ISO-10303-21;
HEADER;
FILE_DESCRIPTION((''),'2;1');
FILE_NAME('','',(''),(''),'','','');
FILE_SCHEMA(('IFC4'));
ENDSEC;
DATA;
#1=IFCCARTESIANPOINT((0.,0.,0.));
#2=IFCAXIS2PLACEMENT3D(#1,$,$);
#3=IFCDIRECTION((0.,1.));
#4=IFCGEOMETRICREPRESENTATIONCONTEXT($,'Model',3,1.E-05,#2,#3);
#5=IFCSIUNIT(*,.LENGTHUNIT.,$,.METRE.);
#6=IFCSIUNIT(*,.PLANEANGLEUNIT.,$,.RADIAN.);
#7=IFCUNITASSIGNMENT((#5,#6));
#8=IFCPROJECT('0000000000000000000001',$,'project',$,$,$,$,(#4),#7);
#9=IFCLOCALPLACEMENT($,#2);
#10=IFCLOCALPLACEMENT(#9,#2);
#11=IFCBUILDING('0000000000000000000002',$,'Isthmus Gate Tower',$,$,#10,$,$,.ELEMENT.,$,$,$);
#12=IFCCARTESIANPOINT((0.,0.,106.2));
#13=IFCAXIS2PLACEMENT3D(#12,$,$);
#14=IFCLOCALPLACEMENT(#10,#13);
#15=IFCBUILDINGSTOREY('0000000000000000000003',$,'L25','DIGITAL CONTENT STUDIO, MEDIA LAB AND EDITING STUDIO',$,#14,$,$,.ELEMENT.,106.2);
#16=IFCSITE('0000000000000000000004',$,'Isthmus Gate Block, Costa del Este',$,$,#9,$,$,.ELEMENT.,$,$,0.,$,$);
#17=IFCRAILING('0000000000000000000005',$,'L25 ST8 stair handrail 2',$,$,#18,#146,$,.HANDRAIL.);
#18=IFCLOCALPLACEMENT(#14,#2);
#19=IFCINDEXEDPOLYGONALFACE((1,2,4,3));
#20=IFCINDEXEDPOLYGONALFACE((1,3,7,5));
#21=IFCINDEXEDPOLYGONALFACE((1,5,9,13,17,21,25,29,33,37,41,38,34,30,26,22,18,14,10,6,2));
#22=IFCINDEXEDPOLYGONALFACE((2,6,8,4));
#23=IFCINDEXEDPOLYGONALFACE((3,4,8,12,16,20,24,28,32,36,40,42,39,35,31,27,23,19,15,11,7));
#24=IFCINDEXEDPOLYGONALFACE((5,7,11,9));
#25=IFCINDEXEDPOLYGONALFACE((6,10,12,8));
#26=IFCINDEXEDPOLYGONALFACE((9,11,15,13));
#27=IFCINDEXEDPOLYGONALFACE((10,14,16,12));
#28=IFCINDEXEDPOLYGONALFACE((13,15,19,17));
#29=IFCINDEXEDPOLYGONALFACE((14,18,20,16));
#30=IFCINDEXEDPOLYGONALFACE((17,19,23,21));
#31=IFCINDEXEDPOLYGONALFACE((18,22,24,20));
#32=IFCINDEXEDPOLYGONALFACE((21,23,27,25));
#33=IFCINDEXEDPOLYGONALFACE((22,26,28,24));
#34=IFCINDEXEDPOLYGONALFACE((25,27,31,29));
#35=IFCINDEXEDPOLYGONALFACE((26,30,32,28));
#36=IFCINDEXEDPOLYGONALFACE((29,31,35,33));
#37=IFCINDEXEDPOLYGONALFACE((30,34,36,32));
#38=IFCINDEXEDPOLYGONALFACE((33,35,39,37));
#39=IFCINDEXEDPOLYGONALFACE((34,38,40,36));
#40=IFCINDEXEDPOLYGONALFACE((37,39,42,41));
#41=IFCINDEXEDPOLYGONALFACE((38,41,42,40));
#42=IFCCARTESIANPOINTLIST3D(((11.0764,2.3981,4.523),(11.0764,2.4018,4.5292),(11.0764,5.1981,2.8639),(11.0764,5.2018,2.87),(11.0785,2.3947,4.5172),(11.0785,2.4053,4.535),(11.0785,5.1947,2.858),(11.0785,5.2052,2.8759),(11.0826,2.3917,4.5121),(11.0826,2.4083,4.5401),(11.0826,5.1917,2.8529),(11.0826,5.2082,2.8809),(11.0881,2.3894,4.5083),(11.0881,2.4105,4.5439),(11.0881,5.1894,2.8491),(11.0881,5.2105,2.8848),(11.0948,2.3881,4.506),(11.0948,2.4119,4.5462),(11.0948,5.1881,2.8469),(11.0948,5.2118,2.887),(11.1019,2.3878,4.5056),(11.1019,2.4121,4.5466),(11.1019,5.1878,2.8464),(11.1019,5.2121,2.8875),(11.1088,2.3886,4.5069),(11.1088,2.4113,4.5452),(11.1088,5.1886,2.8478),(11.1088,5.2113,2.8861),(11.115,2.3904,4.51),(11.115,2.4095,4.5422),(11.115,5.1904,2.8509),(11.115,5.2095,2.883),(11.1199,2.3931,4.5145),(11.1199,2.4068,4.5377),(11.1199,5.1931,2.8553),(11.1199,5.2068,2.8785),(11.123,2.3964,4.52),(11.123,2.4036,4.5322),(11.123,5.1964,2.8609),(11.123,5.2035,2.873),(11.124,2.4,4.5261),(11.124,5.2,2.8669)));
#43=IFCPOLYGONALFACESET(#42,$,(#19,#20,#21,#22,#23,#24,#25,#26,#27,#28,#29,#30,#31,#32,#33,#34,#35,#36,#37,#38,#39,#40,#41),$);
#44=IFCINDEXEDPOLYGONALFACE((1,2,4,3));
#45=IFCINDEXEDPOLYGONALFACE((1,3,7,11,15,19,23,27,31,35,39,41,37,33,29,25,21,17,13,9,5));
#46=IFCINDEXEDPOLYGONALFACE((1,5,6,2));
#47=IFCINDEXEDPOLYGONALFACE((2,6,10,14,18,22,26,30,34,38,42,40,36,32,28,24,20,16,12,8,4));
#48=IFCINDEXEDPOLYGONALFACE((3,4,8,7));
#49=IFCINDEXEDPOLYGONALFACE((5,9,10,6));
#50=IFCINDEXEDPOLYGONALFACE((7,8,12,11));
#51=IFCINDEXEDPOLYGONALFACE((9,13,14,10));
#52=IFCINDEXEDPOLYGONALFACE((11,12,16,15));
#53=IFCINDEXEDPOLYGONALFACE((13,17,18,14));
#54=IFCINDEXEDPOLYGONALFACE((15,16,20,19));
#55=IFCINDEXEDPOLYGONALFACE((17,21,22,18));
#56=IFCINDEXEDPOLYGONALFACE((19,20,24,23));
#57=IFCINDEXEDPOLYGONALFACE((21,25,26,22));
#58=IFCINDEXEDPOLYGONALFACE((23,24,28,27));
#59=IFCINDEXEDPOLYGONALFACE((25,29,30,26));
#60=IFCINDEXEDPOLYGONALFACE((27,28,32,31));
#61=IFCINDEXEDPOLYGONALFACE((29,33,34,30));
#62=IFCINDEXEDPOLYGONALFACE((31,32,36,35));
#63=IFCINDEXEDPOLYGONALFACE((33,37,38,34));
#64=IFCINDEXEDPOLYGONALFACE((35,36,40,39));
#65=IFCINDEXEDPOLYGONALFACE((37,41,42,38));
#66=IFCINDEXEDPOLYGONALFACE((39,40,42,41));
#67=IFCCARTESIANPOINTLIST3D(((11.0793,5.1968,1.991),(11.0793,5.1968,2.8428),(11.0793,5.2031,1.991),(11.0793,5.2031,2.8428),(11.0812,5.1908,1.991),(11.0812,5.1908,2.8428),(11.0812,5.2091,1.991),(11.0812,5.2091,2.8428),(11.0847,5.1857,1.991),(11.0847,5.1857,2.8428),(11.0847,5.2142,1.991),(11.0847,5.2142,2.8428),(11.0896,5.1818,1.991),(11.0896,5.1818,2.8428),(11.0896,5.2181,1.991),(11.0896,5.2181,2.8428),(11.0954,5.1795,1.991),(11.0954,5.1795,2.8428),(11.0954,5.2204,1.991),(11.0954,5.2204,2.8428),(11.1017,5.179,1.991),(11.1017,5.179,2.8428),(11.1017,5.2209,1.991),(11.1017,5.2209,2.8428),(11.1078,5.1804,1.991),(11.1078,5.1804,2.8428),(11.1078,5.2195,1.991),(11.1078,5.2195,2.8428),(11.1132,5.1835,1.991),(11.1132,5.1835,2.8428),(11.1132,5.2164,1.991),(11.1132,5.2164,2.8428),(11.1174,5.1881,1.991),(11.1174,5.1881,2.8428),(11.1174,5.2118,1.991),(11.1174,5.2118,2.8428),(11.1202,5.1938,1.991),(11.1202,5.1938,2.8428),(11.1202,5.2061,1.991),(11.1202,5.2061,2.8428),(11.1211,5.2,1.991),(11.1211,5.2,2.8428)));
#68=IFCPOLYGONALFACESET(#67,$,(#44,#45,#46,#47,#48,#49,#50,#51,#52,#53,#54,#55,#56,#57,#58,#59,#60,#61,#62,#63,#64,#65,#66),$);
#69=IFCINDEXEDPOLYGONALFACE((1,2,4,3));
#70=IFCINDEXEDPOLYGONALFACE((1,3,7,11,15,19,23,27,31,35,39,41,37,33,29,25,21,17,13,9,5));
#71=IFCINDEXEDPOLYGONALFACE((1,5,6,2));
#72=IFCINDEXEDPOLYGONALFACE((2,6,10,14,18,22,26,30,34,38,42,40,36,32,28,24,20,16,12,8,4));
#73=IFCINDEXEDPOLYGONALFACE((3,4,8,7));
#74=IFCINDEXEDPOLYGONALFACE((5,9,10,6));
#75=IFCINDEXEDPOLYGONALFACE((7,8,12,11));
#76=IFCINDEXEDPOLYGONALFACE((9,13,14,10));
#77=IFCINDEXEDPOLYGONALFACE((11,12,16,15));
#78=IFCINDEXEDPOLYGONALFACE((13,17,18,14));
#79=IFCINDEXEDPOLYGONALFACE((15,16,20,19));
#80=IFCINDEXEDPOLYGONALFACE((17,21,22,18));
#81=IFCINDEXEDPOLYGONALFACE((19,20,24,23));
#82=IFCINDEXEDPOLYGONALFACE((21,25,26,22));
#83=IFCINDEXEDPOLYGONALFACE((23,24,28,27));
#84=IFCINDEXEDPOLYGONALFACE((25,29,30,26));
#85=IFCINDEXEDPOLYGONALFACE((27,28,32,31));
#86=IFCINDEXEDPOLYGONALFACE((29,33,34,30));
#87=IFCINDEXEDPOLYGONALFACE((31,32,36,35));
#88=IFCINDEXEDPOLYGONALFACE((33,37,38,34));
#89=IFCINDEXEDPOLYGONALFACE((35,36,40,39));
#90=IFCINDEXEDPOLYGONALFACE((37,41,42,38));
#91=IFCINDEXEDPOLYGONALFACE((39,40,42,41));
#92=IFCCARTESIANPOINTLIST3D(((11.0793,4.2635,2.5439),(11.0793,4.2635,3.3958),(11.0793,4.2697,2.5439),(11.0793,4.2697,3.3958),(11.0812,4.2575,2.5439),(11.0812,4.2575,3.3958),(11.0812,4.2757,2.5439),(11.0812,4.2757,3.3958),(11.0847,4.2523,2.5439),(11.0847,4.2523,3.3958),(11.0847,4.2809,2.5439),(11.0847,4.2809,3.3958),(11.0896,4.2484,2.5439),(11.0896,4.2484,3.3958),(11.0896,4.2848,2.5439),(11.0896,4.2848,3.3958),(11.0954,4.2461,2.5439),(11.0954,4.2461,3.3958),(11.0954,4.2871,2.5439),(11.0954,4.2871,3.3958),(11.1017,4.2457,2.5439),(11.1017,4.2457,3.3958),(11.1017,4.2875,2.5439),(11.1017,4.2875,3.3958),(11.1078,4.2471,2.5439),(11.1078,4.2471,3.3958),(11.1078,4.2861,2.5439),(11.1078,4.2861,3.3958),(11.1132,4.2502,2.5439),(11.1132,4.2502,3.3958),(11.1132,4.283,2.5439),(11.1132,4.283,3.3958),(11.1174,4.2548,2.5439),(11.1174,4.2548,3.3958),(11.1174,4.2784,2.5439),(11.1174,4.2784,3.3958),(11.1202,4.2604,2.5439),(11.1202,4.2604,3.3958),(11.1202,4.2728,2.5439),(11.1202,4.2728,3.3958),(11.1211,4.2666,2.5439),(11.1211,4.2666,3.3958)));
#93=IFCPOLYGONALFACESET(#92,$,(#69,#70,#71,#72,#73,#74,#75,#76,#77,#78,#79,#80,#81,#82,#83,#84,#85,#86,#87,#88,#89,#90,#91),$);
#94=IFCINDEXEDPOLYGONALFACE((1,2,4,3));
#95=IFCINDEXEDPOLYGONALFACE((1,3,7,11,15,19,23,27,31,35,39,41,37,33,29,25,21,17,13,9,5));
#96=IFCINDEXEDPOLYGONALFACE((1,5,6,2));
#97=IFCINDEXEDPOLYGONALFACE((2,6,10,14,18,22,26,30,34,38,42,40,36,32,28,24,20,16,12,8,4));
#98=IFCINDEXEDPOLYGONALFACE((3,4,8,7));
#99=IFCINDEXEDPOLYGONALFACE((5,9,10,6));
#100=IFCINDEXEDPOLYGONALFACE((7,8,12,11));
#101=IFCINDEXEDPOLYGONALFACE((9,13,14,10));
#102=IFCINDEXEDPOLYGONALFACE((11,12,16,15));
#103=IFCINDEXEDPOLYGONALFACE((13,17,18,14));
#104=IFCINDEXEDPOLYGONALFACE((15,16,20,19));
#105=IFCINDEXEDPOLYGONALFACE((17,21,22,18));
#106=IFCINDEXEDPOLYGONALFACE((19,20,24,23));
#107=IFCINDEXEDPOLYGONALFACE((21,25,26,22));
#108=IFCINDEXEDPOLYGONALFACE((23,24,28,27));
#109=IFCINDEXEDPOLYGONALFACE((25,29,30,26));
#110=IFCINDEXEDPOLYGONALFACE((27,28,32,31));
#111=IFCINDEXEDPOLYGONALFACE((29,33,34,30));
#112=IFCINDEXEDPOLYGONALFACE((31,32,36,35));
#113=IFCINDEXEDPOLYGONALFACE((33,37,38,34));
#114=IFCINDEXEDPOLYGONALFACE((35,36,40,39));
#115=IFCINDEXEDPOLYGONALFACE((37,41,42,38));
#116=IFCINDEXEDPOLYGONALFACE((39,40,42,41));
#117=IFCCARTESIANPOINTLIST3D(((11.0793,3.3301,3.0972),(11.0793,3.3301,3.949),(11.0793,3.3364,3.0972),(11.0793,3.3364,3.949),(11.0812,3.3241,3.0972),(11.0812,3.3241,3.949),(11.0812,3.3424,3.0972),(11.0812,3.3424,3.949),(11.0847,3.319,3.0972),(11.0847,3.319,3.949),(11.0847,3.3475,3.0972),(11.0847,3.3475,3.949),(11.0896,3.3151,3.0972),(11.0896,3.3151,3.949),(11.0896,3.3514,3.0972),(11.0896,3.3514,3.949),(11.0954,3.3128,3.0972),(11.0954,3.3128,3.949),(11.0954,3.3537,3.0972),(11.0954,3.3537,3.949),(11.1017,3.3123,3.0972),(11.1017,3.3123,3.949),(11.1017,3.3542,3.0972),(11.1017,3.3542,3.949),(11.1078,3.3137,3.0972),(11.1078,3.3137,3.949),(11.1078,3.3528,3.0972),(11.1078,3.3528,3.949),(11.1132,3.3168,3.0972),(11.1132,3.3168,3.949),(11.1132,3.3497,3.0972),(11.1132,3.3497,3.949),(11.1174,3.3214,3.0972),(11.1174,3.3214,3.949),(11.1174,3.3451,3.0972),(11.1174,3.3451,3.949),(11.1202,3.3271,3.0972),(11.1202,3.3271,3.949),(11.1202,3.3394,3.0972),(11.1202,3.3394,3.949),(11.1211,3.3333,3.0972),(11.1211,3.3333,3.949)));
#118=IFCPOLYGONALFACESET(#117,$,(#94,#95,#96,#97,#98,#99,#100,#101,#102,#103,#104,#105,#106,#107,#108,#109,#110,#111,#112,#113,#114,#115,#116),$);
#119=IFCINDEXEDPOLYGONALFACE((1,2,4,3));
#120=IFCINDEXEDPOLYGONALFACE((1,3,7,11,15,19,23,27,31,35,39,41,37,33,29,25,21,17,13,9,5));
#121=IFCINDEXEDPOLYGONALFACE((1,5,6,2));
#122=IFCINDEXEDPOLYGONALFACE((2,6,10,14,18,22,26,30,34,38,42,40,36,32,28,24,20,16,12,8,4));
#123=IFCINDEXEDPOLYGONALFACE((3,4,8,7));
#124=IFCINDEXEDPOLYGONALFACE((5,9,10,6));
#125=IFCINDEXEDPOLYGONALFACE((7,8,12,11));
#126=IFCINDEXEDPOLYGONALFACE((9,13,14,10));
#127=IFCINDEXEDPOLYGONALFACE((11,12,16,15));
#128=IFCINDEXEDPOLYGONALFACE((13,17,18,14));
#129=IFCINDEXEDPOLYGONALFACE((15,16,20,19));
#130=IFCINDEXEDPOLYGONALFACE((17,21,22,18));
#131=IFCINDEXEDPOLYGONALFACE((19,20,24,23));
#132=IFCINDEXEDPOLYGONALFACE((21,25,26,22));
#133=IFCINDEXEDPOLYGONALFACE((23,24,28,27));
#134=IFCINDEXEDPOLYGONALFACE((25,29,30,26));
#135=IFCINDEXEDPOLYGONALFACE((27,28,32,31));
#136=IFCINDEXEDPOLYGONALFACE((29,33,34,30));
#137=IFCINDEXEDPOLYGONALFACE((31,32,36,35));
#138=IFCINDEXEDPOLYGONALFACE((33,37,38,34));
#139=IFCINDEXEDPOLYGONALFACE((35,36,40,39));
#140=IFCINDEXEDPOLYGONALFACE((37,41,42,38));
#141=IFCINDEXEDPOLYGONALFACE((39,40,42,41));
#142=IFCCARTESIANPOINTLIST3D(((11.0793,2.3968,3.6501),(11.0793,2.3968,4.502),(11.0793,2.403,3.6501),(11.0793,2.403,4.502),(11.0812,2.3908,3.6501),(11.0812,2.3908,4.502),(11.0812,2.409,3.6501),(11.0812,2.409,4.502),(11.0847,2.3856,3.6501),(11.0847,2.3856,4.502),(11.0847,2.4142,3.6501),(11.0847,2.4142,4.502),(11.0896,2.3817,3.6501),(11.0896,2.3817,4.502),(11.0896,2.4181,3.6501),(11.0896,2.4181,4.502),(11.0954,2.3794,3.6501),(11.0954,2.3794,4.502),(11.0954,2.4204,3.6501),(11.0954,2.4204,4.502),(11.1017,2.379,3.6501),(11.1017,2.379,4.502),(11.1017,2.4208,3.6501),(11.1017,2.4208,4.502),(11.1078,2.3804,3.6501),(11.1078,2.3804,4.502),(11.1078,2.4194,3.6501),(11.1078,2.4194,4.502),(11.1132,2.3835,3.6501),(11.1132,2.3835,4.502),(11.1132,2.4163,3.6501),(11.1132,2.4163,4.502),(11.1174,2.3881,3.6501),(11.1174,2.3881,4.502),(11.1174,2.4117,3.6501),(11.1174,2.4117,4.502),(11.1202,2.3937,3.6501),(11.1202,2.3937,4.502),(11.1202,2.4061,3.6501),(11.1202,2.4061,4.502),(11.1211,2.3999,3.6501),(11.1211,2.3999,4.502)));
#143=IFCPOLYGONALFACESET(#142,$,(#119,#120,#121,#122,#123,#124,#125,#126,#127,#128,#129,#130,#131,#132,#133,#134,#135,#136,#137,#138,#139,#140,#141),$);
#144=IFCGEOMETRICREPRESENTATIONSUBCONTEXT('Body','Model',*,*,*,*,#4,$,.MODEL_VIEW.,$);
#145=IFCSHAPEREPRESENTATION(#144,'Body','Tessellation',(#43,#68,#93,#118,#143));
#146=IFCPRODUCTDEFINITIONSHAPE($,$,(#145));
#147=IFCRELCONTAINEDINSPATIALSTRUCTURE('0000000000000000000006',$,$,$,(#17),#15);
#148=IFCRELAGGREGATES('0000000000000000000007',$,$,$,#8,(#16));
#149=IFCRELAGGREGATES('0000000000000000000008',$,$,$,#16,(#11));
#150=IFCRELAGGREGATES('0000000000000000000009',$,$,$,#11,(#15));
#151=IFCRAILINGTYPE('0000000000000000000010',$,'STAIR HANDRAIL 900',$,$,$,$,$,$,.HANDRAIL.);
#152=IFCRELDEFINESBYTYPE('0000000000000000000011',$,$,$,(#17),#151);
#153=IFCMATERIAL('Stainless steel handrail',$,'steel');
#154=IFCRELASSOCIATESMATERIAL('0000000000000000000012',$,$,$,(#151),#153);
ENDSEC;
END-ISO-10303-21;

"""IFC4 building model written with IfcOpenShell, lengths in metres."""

from ifc_helpers import new_model, si_unit, direction, frame, origin, origin_2d, place, context, subcontext, project, spatial, circle, extrude, material, type_object, element, save


model = new_model("IFC4")

# Units and contexts
model_context = context("Model", 3, precision=1e-05, world=origin(), true_north=direction((0.0, 1.0)))
body_context = subcontext(model_context, "Body", "Model", "MODEL_VIEW")
ifc_project = project(units=[si_unit("LENGTHUNIT", "METRE"), si_unit("PLANEANGLEUNIT", "RADIAN")], contexts=[model_context])

# Site, building, storey
site_placement = place(None, origin())
site = spatial("IfcSite", under=ifc_project, at=site_placement, Name="Isthmus Gate Block, Costa del Este", CompositionType="ELEMENT", RefElevation=0.0)
building_placement = place(site_placement, origin())
building = spatial("IfcBuilding", under=site, at=building_placement, Name="Isthmus Gate Tower", CompositionType="ELEMENT")
storey_placement = place(building_placement, frame((0.0, 0.0, 106.2)))
storey = spatial("IfcBuildingStorey", under=building, at=storey_placement, Name="L25", Description="DIGITAL CONTENT STUDIO, MEDIA LAB AND EDITING STUDIO", CompositionType="ELEMENT", Elevation=106.2)

# Railing
ifc_material_1 = material(Name="Stainless steel handrail", Category="steel")
railing_type_1 = type_object("IfcRailingType", Name="STAIR HANDRAIL 900", PredefinedType="HANDRAIL", material=ifc_material_1)
railing_1_placement = place(storey_placement, frame((11.1001, 5.2, 1.991)))
element("IfcRailing", 1, at=railing_1_placement, inside=storey, type_object=railing_type_1, Name="L25 ST8 stair handrail 2", PredefinedType="HANDRAIL", context=body_context, shape_type="SweptSolid", body=[
    extrude(circle(Radius=0.0239, at=origin_2d()), frame((0.0, 0.0, 0.876), z_axis=(0.0, -0.860306, 0.509778), x_axis=(1.0, 0.0, 0.0)), (0.0, 0.0, 1.0), 3.2546),
    extrude(circle(Radius=0.021, at=origin_2d()), origin(), (0.0, 0.0, 1.0), 0.8518),
    extrude(circle(Radius=0.021, at=origin_2d()), frame((0.0, -0.9333, 0.553)), (0.0, 0.0, 1.0), 0.8518),
    extrude(circle(Radius=0.021, at=origin_2d()), frame((0.0, -1.8667, 1.1062)), (0.0, 0.0, 1.0), 0.8518),
    extrude(circle(Radius=0.021, at=origin_2d()), frame((0.0, -2.8, 1.6592)), (0.0, 0.0, 1.0), 0.8518),
])

save(model, "model.ifc")
